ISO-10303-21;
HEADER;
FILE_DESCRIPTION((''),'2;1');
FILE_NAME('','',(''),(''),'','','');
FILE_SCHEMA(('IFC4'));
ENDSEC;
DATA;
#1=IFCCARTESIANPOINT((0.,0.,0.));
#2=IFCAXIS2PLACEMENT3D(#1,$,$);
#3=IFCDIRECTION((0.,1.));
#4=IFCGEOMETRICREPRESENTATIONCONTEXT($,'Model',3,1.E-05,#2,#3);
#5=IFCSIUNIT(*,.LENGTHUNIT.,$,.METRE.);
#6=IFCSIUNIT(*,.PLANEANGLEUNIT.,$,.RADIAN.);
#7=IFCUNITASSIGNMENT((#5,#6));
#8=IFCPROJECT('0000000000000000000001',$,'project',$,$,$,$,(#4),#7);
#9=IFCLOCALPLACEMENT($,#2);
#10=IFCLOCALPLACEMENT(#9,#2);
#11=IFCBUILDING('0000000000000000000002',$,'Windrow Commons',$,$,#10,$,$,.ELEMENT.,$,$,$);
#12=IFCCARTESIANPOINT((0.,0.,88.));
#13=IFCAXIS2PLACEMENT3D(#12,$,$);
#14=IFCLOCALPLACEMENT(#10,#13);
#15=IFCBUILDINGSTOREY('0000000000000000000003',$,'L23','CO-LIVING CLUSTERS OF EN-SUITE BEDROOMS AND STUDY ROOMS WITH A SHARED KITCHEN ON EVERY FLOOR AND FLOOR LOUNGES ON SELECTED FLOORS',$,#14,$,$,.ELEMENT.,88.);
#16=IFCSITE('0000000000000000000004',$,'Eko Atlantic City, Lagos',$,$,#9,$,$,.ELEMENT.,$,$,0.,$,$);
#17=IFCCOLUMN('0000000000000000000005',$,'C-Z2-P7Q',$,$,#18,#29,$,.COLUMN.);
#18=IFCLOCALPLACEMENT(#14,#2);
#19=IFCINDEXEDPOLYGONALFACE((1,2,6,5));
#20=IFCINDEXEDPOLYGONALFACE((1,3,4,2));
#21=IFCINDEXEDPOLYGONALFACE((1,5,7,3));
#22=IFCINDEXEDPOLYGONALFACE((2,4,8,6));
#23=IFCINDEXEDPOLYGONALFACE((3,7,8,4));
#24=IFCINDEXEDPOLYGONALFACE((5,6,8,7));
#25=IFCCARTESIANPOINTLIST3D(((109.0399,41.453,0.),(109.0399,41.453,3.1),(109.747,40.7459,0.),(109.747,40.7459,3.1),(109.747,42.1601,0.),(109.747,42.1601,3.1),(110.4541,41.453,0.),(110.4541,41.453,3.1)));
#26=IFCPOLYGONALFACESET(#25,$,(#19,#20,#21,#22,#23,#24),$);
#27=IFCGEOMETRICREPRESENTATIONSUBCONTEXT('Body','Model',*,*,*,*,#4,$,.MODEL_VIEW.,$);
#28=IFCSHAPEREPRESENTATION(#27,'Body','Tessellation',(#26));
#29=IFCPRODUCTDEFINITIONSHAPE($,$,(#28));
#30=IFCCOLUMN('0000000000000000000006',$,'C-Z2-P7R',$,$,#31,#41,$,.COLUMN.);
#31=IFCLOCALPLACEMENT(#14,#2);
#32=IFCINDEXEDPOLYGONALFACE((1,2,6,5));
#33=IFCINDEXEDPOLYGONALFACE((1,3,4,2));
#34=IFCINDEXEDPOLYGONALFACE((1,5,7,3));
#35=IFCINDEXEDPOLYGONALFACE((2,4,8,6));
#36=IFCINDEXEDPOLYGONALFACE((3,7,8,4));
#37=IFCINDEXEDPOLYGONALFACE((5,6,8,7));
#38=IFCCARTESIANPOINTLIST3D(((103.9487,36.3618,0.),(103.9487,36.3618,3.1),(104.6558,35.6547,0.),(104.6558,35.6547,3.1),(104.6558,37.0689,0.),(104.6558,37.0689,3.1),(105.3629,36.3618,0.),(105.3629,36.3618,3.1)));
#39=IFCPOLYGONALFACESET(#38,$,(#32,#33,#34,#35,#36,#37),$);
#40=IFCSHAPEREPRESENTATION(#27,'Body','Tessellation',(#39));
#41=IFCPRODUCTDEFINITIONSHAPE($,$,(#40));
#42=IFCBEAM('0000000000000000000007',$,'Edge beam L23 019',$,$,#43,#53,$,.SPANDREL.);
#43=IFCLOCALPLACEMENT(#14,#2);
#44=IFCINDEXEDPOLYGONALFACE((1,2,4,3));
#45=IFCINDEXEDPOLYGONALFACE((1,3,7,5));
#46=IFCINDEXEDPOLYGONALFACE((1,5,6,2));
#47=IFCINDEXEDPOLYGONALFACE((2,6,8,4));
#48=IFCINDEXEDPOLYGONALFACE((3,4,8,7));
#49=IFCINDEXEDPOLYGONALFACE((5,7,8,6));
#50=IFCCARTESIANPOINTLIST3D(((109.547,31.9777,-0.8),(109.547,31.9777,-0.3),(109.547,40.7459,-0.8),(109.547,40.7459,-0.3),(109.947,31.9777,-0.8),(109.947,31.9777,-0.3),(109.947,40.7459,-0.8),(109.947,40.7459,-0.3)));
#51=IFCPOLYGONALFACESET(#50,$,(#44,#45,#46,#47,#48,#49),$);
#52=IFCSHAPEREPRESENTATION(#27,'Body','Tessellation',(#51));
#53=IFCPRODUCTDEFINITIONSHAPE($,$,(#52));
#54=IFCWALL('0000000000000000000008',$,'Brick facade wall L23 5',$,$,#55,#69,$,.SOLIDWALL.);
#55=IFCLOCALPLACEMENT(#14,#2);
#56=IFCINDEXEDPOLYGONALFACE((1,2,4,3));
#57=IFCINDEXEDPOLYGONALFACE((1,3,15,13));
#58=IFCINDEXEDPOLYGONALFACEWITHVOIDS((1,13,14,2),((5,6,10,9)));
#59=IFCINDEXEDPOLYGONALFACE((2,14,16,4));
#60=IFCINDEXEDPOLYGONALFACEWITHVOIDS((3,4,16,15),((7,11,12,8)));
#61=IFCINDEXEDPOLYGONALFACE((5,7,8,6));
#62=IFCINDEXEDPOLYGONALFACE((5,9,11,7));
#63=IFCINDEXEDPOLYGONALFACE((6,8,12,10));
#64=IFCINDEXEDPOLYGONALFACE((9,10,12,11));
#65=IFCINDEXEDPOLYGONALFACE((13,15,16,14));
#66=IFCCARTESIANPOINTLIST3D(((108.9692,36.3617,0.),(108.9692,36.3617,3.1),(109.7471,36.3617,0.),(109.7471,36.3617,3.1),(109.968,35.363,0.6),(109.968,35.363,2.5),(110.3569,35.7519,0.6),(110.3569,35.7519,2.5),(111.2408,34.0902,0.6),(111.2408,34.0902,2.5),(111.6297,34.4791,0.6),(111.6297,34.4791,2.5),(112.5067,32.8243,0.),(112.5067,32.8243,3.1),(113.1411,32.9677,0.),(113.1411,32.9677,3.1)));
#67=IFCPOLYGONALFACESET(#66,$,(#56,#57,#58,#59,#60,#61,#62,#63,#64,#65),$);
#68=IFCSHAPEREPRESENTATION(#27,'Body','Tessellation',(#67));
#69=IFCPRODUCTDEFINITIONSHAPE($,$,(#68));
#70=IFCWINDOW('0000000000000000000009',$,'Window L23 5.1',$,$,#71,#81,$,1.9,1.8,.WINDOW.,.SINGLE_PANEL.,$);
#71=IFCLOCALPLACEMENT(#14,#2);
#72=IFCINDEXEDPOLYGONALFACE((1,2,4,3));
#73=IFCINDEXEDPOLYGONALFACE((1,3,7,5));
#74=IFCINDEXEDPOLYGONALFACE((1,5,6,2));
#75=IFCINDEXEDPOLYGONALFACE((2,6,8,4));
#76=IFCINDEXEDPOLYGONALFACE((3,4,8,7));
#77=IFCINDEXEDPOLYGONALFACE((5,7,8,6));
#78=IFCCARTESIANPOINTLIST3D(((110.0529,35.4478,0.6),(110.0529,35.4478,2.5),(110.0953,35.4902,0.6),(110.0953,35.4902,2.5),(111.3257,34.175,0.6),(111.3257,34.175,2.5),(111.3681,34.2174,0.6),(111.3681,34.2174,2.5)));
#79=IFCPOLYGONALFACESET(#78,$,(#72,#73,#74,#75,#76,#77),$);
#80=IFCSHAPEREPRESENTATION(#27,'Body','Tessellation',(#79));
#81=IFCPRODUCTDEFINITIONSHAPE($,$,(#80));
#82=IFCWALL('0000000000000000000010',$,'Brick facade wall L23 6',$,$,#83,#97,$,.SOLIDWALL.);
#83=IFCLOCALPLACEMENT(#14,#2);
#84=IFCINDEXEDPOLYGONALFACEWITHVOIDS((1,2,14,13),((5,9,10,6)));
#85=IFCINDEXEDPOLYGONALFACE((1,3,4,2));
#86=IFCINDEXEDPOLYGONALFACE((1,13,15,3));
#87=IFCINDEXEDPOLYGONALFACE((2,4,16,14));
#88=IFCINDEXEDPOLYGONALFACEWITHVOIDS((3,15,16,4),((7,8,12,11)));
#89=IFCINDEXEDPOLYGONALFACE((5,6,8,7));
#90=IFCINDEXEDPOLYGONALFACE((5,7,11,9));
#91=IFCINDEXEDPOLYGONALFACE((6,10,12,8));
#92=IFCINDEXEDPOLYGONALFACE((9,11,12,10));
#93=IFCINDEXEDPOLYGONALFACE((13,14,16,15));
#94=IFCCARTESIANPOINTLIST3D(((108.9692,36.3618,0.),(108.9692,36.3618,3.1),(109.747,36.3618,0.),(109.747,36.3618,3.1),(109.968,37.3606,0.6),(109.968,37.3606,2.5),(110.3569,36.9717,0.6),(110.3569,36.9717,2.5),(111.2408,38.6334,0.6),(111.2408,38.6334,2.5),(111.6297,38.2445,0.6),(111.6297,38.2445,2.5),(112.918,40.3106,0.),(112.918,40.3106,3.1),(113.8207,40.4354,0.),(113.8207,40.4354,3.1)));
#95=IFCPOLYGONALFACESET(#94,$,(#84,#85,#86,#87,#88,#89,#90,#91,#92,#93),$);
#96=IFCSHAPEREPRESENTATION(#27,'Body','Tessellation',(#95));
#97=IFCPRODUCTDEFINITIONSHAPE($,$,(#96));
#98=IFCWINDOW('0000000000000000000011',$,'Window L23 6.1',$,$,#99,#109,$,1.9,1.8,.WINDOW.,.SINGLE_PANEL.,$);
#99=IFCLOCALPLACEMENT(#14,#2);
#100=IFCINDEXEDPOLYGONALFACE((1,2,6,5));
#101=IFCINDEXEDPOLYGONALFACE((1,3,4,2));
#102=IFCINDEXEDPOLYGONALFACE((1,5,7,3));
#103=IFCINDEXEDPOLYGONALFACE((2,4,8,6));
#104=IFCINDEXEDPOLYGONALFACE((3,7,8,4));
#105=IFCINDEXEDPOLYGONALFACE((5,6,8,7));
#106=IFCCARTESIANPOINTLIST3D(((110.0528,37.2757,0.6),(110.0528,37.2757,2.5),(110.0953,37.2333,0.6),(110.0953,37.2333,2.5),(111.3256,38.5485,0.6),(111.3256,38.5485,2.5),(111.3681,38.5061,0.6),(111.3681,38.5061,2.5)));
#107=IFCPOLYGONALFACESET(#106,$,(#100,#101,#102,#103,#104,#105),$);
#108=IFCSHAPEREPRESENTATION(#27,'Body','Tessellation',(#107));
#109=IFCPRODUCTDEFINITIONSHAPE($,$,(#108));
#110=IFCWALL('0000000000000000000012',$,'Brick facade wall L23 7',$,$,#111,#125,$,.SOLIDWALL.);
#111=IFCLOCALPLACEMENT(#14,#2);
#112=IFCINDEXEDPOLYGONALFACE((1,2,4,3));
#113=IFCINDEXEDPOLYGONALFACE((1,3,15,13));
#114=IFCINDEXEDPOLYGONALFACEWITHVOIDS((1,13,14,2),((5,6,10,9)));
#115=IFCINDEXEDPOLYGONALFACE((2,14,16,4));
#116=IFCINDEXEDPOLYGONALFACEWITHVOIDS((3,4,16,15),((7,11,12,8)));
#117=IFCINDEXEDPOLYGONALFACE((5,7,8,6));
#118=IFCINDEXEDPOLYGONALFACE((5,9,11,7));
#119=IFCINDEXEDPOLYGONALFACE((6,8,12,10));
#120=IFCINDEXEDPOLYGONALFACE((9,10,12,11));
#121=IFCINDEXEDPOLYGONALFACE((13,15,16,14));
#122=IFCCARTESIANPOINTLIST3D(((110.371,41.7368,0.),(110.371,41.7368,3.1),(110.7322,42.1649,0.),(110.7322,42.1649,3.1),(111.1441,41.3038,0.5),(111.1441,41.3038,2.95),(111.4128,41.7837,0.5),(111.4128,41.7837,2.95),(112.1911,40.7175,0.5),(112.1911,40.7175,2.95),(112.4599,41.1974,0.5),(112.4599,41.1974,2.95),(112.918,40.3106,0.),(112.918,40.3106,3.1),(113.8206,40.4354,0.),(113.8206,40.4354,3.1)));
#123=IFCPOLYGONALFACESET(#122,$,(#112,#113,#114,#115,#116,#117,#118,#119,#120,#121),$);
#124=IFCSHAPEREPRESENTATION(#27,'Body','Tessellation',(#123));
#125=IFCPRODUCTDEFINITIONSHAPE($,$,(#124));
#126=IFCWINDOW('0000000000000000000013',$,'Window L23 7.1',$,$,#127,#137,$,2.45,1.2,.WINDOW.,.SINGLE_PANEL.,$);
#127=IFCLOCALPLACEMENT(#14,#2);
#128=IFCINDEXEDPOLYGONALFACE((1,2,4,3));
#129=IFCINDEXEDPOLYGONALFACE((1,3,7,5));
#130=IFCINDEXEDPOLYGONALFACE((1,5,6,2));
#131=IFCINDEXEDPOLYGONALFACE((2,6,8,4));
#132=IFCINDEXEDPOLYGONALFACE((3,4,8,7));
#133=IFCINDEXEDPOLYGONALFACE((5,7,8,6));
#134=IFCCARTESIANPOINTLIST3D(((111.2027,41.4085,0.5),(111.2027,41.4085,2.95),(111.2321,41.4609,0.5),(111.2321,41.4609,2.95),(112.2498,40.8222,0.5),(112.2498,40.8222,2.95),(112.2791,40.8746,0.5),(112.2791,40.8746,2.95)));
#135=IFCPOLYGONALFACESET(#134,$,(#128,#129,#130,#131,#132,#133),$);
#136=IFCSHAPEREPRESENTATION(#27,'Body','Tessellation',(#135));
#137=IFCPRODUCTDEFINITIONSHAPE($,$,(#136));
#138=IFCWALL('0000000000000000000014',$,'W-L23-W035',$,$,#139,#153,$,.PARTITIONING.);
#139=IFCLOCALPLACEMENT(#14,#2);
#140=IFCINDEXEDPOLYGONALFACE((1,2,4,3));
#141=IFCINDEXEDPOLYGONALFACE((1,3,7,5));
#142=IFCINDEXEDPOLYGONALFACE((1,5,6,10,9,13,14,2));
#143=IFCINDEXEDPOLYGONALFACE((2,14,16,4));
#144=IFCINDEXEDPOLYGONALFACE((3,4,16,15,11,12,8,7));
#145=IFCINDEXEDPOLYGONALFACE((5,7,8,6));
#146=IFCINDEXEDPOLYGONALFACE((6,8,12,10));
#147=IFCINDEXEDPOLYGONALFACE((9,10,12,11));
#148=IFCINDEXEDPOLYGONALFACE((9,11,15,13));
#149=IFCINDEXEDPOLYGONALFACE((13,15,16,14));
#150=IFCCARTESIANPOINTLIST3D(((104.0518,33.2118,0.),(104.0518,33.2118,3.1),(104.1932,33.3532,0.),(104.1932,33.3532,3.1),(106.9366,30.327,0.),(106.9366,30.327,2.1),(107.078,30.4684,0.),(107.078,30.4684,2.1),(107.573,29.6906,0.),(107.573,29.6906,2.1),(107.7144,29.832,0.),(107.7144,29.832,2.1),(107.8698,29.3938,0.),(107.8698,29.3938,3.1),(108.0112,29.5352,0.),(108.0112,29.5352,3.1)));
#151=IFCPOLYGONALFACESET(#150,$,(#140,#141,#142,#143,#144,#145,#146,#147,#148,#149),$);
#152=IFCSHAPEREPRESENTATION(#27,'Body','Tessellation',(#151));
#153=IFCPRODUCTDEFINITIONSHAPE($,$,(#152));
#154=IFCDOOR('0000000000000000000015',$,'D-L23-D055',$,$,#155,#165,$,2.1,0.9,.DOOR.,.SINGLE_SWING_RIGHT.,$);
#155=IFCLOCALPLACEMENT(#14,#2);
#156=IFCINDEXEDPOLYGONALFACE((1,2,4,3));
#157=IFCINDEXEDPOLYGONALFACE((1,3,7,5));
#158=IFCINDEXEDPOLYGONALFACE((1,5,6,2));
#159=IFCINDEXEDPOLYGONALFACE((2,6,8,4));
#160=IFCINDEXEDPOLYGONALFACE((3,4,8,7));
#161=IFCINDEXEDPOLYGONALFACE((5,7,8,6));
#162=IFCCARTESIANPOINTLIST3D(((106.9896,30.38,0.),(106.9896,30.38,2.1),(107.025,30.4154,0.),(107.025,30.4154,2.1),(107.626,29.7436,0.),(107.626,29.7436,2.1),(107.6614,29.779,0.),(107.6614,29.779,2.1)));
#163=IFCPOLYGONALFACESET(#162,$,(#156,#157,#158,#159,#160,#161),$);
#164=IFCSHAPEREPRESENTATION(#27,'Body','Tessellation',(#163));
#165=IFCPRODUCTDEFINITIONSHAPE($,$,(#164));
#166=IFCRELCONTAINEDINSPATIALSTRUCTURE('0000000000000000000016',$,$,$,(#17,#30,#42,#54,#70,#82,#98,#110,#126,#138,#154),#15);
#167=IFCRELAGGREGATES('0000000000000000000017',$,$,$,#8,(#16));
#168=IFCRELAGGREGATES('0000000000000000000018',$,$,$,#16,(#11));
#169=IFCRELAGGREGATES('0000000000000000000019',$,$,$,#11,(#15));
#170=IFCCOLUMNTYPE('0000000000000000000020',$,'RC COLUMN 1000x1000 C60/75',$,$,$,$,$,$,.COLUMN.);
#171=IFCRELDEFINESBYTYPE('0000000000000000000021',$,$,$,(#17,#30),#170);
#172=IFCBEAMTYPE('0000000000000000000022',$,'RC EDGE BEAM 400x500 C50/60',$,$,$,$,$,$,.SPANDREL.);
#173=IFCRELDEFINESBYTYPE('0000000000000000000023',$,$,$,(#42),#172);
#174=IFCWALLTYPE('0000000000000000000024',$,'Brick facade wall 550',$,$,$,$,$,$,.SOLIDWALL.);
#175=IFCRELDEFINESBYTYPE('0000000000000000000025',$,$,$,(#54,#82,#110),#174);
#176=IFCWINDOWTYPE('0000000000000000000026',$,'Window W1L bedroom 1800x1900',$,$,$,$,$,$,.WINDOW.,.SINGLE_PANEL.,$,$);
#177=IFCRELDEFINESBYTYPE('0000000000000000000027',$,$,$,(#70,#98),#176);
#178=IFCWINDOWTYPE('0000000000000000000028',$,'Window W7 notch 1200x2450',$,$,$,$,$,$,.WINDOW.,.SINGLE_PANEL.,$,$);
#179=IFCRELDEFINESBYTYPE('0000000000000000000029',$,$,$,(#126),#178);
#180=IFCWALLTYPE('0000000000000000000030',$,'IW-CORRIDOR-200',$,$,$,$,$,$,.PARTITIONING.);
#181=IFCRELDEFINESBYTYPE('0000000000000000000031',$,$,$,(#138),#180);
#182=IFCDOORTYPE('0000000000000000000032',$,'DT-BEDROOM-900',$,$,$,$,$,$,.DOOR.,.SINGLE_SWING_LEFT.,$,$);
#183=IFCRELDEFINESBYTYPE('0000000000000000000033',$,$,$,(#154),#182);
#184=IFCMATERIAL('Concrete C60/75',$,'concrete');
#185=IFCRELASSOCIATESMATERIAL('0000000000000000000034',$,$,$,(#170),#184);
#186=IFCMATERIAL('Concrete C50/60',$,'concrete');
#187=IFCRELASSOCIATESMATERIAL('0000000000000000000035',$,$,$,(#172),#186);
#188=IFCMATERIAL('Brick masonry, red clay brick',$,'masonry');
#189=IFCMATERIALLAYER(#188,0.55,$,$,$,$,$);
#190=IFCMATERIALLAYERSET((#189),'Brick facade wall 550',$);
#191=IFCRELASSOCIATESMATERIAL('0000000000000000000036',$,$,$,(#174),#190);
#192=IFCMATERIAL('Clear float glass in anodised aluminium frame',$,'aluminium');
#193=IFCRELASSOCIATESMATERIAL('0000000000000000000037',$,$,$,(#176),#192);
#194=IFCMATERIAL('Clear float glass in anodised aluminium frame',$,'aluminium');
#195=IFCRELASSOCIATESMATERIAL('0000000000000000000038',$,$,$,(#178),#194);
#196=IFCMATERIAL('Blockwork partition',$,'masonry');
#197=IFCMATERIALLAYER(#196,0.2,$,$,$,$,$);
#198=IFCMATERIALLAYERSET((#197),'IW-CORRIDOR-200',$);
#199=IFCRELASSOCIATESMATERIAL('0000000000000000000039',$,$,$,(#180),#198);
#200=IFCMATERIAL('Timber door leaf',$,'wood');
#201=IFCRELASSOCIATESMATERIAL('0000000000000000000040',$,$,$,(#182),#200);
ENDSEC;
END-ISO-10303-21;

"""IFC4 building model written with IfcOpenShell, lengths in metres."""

from ifc_helpers import new_model, si_unit, direction, frame, frame_2d, origin, origin_2d, place, context, subcontext, project, spatial, polyline, rectangle, outline, extrude, material, layer, layer_set, material_profile, profile_set, type_object, element, fill, save


model = new_model("IFC4")

# Units and contexts
model_context = context("Model", 3, precision=1e-05, world=origin(), true_north=direction((0.0, 1.0)))
body_context = subcontext(model_context, "Body", "Model", "MODEL_VIEW")
ifc_project = project(units=[si_unit("LENGTHUNIT", "METRE"), si_unit("PLANEANGLEUNIT", "RADIAN")], contexts=[model_context])

# Site, building, storey
site_placement = place(None, origin())
site = spatial("IfcSite", under=ifc_project, at=site_placement, Name="Eko Atlantic City, Lagos", CompositionType="ELEMENT", RefElevation=0.0)
building_placement = place(site_placement, origin())
building = spatial("IfcBuilding", under=site, at=building_placement, Name="Windrow Commons", CompositionType="ELEMENT")
storey_placement = place(building_placement, frame((0.0, 0.0, 88.0)))
storey = spatial("IfcBuildingStorey", under=building, at=storey_placement, Name="L23", Description="CO-LIVING CLUSTERS OF EN-SUITE BEDROOMS AND STUDY ROOMS WITH A SHARED KITCHEN ON EVERY FLOOR AND FLOOR LOUNGES ON SELECTED FLOORS", CompositionType="ELEMENT", Elevation=88.0)

# Columns
ifc_material_1 = material(Name="Concrete C60/75", Category="concrete")
ifc_material_profile_1 = material_profile(ifc_material_1, rectangle(XDim=1.0, YDim=1.0, at=origin_2d()))
ifc_profile_set_1 = profile_set([ifc_material_profile_1], Name="Concrete C60/75")
column_type = type_object("IfcColumnType", Name="RC COLUMN 1000x1000 C60/75", PredefinedType="COLUMN", material=ifc_profile_set_1)
for number, where, z_axis, x_axis, name in (
    (1, (109.747, 41.453, 0.0), (0.0, 0.0, 1.0), (0.707107, -0.707107, 0.0), "C-Z2-P7Q"),
    (2, (104.6558, 36.3618, 0.0), (0.0, 0.0, 1.0), (0.707107, -0.707107, 0.0), "C-Z2-P7R"),
):
    element("IfcColumn", number, at=place(storey_placement, frame(where, z_axis=z_axis, x_axis=x_axis)), inside=storey, type_object=column_type, Name=name, PredefinedType="COLUMN", context=body_context, shape_type="SweptSolid", body=[
        extrude(rectangle(XDim=1.0, YDim=1.0, at=origin_2d()), origin(), (0.0, 0.0, 1.0), 3.1),
    ])

# Beam
ifc_material_2 = material(Name="Concrete C50/60", Category="concrete")
ifc_material_profile_2 = material_profile(ifc_material_2, rectangle(XDim=0.4, YDim=0.5, at=origin_2d()))
ifc_profile_set_2 = profile_set([ifc_material_profile_2], Name="Concrete C50/60")
beam_type = type_object("IfcBeamType", Name="RC EDGE BEAM 400x500 C50/60", PredefinedType="SPANDREL", material=ifc_profile_set_2)
beam_placement = place(storey_placement, frame((109.747, 40.7459, -0.55), z_axis=(0.0, -1.0, 0.0), x_axis=(1.0, 0.0, 0.0)))
element("IfcBeam", 3, at=beam_placement, inside=storey, type_object=beam_type, Name="Edge beam L23 019", PredefinedType="SPANDREL", context=body_context, shape_type="SweptSolid", body=[
    extrude(rectangle(XDim=0.4, YDim=0.5, at=origin_2d()), origin(), (0.0, 0.0, 1.0), 8.7682),
])

# Walls, openings, windows
ifc_material_3 = material(Name="Brick masonry, red clay brick", Category="masonry")
ifc_layer_1 = layer(ifc_material_3, 0.55)
ifc_layer_set_1 = layer_set([ifc_layer_1], Name="Brick facade wall 550")
wall_type_1 = type_object("IfcWallType", Name="Brick facade wall 550", PredefinedType="SOLIDWALL", material=ifc_layer_set_1)
wall_1_placement = place(storey_placement, frame((112.8239, 32.896, 0.0), z_axis=(0.0, 0.0, 1.0), x_axis=(-0.707107, 0.707107, 0.0)))
wall_1 = element("IfcWall", 4, at=wall_1_placement, inside=storey, type_object=wall_type_1, Name="Brick facade wall L23 5", PredefinedType="SOLIDWALL", context=body_context, shape_type="SweptSolid", body=[
    extrude(outline(polyline([(-0.1736, -0.275), (4.6263, -0.275), (5.1763, 0.275), (0.1736, 0.275), (-0.1736, -0.275)])), origin(), (0.0, 0.0, 1.0), 3.1),
])
opening_1_placement = place(wall_1_placement, frame((1.9638, 0.0, 0.6)))
opening_1 = element("IfcOpeningElement", 5, at=opening_1_placement, cuts=wall_1, PredefinedType="OPENING", context=body_context, shape_type="SweptSolid", body=[
    extrude(rectangle(XDim=1.8, YDim=1.9, at=frame_2d((0.9, 0.95))), frame((0.0, 0.285, 0.0), z_axis=(0.0, -1.0, 0.0), x_axis=(1.0, 0.0, 0.0)), (0.0, 0.0, 1.0), 0.57),
])
ifc_material_4 = material(Name="Clear float glass in anodised aluminium frame", Category="aluminium")
window_type_1 = type_object("IfcWindowType", Name="Window W1L bedroom 1800x1900", PartitioningType="SINGLE_PANEL", PredefinedType="WINDOW", material=ifc_material_4)
window_1_placement = place(opening_1_placement, origin())
window_1 = element("IfcWindow", 6, at=window_1_placement, inside=storey, type_object=window_type_1, Name="Window L23 5.1", OverallHeight=1.9, OverallWidth=1.8, PartitioningType="SINGLE_PANEL", PredefinedType="WINDOW", context=body_context, shape_type="SweptSolid", body=[
    extrude(rectangle(XDim=1.8, YDim=1.9, at=frame_2d((0.9, 0.95))), frame((0.0, 0.155, 0.0), z_axis=(0.0, -1.0, 0.0), x_axis=(1.0, 0.0, 0.0)), (0.0, 0.0, 1.0), 0.06),
])
fill(opening_1, window_1)
wall_2_placement = place(storey_placement, frame((109.3581, 36.3618, 0.0), z_axis=(0.0, 0.0, 1.0), x_axis=(0.707107, 0.707107, 0.0)))
wall_2 = element("IfcWall", 7, at=wall_2_placement, inside=storey, type_object=wall_type_1, Name="Brick facade wall L23 6", PredefinedType="SOLIDWALL", context=body_context, shape_type="SweptSolid", body=[
    extrude(outline(polyline([(0.275, -0.275), (6.036, -0.275), (5.3094, 0.275), (-0.275, 0.275), (0.275, -0.275)])), origin(), (0.0, 0.0, 1.0), 3.1),
])
opening_2_placement = place(wall_2_placement, frame((1.1375, 0.0, 0.6)))
opening_2 = element("IfcOpeningElement", 8, at=opening_2_placement, cuts=wall_2, PredefinedType="OPENING", context=body_context, shape_type="SweptSolid", body=[
    extrude(rectangle(XDim=1.8, YDim=1.9, at=frame_2d((0.9, 0.95))), frame((0.0, 0.285, 0.0), z_axis=(0.0, -1.0, 0.0), x_axis=(1.0, 0.0, 0.0)), (0.0, 0.0, 1.0), 0.57),
])
window_2_placement = place(opening_2_placement, origin())
window_2 = element("IfcWindow", 9, at=window_2_placement, inside=storey, type_object=window_type_1, Name="Window L23 6.1", OverallHeight=1.9, OverallWidth=1.8, PartitioningType="SINGLE_PANEL", PredefinedType="WINDOW", context=body_context, shape_type="SweptSolid", body=[
    extrude(rectangle(XDim=1.8, YDim=1.9, at=frame_2d((0.9, 0.95))), frame((0.0, 0.155, 0.0), z_axis=(0.0, -1.0, 0.0), x_axis=(1.0, 0.0, 0.0)), (0.0, 0.0, 1.0), 0.06),
])
fill(opening_2, window_2)
wall_3_placement = place(storey_placement, frame((113.3693, 40.373, 0.0), z_axis=(0.0, 0.0, 1.0), x_axis=(-0.872521, 0.488577, 0.0)))
wall_3 = element("IfcWall", 10, at=wall_3_placement, inside=storey, type_object=wall_type_1, Name="Brick facade wall L23 7", PredefinedType="SOLIDWALL", context=body_context, shape_type="SweptSolid", body=[
    extrude(outline(polyline([(-0.3633, -0.275), (3.1764, -0.275), (3.2824, 0.275), (0.3633, 0.275), (-0.3633, -0.275)])), origin(), (0.0, 0.0, 1.0), 3.1),
])
opening_3_placement = place(wall_3_placement, frame((1.1963, 0.0, 0.5)))
opening_3 = element("IfcOpeningElement", 11, at=opening_3_placement, cuts=wall_3, PredefinedType="OPENING", context=body_context, shape_type="SweptSolid", body=[
    extrude(rectangle(XDim=1.2, YDim=2.45, at=frame_2d((0.6, 1.225))), frame((0.0, 0.285, 0.0), z_axis=(0.0, -1.0, 0.0), x_axis=(1.0, 0.0, 0.0)), (0.0, 0.0, 1.0), 0.57),
])
ifc_material_5 = material(Name="Clear float glass in anodised aluminium frame", Category="aluminium")
window_type_2 = type_object("IfcWindowType", Name="Window W7 notch 1200x2450", PartitioningType="SINGLE_PANEL", PredefinedType="WINDOW", material=ifc_material_5)
window_3_placement = place(opening_3_placement, origin())
window_3 = element("IfcWindow", 12, at=window_3_placement, inside=storey, type_object=window_type_2, Name="Window L23 7.1", OverallHeight=2.45, OverallWidth=1.2, PartitioningType="SINGLE_PANEL", PredefinedType="WINDOW", context=body_context, shape_type="SweptSolid", body=[
    extrude(rectangle(XDim=1.2, YDim=2.45, at=frame_2d((0.6, 1.225))), frame((0.0, 0.155, 0.0), z_axis=(0.0, -1.0, 0.0), x_axis=(1.0, 0.0, 0.0)), (0.0, 0.0, 1.0), 0.06),
])
fill(opening_3, window_3)

# Wall, opening, door
ifc_material_6 = material(Name="Blockwork partition", Category="masonry")
ifc_layer_2 = layer(ifc_material_6, 0.2)
ifc_layer_set_2 = layer_set([ifc_layer_2], Name="IW-CORRIDOR-200")
wall_type_2 = type_object("IfcWallType", Name="IW-CORRIDOR-200", PredefinedType="PARTITIONING", material=ifc_layer_set_2)
wall_4_placement = place(storey_placement, frame((104.1225, 33.2825, 0.0), z_axis=(0.0, 0.0, 1.0), x_axis=(0.707107, -0.707107, 0.0)))
wall_4 = element("IfcWall", 13, at=wall_4_placement, inside=storey, type_object=wall_type_2, Name="W-L23-W035", PredefinedType="PARTITIONING", context=body_context, shape_type="SweptSolid", body=[
    extrude(rectangle(XDim=5.3995, YDim=0.2, at=frame_2d((2.6997, 0.0))), origin(), (0.0, 0.0, 1.0), 3.1),
])
opening_4_placement = place(wall_4_placement, frame((4.0797, 0.0, 0.0)))
opening_4 = element("IfcOpeningElement", 14, at=opening_4_placement, cuts=wall_4, PredefinedType="OPENING", context=body_context, shape_type="SweptSolid", body=[
    extrude(rectangle(XDim=0.9, YDim=2.1, at=frame_2d((0.45, 1.05))), frame((0.0, 0.11, 0.0), z_axis=(0.0, -1.0, 0.0), x_axis=(1.0, 0.0, 0.0)), (0.0, 0.0, 1.0), 0.22),
])
ifc_material_7 = material(Name="Timber door leaf", Category="wood")
door_type_1 = type_object("IfcDoorType", Name="DT-BEDROOM-900", OperationType="SINGLE_SWING_LEFT", PredefinedType="DOOR", material=ifc_material_7)
door_1_placement = place(opening_4_placement, origin())
door_1 = element("IfcDoor", 15, at=door_1_placement, inside=storey, type_object=door_type_1, Name="D-L23-D055", OperationType="SINGLE_SWING_RIGHT", OverallHeight=2.1, OverallWidth=0.9, PredefinedType="DOOR", context=body_context, shape_type="SweptSolid", body=[
    extrude(rectangle(XDim=0.9, YDim=2.1, at=frame_2d((0.45, 1.05))), frame((0.0, 0.025, 0.0), z_axis=(0.0, -1.0, 0.0), x_axis=(1.0, 0.0, 0.0)), (0.0, 0.0, 1.0), 0.05),
])
fill(opening_4, door_1)

save(model, "model.ifc")
